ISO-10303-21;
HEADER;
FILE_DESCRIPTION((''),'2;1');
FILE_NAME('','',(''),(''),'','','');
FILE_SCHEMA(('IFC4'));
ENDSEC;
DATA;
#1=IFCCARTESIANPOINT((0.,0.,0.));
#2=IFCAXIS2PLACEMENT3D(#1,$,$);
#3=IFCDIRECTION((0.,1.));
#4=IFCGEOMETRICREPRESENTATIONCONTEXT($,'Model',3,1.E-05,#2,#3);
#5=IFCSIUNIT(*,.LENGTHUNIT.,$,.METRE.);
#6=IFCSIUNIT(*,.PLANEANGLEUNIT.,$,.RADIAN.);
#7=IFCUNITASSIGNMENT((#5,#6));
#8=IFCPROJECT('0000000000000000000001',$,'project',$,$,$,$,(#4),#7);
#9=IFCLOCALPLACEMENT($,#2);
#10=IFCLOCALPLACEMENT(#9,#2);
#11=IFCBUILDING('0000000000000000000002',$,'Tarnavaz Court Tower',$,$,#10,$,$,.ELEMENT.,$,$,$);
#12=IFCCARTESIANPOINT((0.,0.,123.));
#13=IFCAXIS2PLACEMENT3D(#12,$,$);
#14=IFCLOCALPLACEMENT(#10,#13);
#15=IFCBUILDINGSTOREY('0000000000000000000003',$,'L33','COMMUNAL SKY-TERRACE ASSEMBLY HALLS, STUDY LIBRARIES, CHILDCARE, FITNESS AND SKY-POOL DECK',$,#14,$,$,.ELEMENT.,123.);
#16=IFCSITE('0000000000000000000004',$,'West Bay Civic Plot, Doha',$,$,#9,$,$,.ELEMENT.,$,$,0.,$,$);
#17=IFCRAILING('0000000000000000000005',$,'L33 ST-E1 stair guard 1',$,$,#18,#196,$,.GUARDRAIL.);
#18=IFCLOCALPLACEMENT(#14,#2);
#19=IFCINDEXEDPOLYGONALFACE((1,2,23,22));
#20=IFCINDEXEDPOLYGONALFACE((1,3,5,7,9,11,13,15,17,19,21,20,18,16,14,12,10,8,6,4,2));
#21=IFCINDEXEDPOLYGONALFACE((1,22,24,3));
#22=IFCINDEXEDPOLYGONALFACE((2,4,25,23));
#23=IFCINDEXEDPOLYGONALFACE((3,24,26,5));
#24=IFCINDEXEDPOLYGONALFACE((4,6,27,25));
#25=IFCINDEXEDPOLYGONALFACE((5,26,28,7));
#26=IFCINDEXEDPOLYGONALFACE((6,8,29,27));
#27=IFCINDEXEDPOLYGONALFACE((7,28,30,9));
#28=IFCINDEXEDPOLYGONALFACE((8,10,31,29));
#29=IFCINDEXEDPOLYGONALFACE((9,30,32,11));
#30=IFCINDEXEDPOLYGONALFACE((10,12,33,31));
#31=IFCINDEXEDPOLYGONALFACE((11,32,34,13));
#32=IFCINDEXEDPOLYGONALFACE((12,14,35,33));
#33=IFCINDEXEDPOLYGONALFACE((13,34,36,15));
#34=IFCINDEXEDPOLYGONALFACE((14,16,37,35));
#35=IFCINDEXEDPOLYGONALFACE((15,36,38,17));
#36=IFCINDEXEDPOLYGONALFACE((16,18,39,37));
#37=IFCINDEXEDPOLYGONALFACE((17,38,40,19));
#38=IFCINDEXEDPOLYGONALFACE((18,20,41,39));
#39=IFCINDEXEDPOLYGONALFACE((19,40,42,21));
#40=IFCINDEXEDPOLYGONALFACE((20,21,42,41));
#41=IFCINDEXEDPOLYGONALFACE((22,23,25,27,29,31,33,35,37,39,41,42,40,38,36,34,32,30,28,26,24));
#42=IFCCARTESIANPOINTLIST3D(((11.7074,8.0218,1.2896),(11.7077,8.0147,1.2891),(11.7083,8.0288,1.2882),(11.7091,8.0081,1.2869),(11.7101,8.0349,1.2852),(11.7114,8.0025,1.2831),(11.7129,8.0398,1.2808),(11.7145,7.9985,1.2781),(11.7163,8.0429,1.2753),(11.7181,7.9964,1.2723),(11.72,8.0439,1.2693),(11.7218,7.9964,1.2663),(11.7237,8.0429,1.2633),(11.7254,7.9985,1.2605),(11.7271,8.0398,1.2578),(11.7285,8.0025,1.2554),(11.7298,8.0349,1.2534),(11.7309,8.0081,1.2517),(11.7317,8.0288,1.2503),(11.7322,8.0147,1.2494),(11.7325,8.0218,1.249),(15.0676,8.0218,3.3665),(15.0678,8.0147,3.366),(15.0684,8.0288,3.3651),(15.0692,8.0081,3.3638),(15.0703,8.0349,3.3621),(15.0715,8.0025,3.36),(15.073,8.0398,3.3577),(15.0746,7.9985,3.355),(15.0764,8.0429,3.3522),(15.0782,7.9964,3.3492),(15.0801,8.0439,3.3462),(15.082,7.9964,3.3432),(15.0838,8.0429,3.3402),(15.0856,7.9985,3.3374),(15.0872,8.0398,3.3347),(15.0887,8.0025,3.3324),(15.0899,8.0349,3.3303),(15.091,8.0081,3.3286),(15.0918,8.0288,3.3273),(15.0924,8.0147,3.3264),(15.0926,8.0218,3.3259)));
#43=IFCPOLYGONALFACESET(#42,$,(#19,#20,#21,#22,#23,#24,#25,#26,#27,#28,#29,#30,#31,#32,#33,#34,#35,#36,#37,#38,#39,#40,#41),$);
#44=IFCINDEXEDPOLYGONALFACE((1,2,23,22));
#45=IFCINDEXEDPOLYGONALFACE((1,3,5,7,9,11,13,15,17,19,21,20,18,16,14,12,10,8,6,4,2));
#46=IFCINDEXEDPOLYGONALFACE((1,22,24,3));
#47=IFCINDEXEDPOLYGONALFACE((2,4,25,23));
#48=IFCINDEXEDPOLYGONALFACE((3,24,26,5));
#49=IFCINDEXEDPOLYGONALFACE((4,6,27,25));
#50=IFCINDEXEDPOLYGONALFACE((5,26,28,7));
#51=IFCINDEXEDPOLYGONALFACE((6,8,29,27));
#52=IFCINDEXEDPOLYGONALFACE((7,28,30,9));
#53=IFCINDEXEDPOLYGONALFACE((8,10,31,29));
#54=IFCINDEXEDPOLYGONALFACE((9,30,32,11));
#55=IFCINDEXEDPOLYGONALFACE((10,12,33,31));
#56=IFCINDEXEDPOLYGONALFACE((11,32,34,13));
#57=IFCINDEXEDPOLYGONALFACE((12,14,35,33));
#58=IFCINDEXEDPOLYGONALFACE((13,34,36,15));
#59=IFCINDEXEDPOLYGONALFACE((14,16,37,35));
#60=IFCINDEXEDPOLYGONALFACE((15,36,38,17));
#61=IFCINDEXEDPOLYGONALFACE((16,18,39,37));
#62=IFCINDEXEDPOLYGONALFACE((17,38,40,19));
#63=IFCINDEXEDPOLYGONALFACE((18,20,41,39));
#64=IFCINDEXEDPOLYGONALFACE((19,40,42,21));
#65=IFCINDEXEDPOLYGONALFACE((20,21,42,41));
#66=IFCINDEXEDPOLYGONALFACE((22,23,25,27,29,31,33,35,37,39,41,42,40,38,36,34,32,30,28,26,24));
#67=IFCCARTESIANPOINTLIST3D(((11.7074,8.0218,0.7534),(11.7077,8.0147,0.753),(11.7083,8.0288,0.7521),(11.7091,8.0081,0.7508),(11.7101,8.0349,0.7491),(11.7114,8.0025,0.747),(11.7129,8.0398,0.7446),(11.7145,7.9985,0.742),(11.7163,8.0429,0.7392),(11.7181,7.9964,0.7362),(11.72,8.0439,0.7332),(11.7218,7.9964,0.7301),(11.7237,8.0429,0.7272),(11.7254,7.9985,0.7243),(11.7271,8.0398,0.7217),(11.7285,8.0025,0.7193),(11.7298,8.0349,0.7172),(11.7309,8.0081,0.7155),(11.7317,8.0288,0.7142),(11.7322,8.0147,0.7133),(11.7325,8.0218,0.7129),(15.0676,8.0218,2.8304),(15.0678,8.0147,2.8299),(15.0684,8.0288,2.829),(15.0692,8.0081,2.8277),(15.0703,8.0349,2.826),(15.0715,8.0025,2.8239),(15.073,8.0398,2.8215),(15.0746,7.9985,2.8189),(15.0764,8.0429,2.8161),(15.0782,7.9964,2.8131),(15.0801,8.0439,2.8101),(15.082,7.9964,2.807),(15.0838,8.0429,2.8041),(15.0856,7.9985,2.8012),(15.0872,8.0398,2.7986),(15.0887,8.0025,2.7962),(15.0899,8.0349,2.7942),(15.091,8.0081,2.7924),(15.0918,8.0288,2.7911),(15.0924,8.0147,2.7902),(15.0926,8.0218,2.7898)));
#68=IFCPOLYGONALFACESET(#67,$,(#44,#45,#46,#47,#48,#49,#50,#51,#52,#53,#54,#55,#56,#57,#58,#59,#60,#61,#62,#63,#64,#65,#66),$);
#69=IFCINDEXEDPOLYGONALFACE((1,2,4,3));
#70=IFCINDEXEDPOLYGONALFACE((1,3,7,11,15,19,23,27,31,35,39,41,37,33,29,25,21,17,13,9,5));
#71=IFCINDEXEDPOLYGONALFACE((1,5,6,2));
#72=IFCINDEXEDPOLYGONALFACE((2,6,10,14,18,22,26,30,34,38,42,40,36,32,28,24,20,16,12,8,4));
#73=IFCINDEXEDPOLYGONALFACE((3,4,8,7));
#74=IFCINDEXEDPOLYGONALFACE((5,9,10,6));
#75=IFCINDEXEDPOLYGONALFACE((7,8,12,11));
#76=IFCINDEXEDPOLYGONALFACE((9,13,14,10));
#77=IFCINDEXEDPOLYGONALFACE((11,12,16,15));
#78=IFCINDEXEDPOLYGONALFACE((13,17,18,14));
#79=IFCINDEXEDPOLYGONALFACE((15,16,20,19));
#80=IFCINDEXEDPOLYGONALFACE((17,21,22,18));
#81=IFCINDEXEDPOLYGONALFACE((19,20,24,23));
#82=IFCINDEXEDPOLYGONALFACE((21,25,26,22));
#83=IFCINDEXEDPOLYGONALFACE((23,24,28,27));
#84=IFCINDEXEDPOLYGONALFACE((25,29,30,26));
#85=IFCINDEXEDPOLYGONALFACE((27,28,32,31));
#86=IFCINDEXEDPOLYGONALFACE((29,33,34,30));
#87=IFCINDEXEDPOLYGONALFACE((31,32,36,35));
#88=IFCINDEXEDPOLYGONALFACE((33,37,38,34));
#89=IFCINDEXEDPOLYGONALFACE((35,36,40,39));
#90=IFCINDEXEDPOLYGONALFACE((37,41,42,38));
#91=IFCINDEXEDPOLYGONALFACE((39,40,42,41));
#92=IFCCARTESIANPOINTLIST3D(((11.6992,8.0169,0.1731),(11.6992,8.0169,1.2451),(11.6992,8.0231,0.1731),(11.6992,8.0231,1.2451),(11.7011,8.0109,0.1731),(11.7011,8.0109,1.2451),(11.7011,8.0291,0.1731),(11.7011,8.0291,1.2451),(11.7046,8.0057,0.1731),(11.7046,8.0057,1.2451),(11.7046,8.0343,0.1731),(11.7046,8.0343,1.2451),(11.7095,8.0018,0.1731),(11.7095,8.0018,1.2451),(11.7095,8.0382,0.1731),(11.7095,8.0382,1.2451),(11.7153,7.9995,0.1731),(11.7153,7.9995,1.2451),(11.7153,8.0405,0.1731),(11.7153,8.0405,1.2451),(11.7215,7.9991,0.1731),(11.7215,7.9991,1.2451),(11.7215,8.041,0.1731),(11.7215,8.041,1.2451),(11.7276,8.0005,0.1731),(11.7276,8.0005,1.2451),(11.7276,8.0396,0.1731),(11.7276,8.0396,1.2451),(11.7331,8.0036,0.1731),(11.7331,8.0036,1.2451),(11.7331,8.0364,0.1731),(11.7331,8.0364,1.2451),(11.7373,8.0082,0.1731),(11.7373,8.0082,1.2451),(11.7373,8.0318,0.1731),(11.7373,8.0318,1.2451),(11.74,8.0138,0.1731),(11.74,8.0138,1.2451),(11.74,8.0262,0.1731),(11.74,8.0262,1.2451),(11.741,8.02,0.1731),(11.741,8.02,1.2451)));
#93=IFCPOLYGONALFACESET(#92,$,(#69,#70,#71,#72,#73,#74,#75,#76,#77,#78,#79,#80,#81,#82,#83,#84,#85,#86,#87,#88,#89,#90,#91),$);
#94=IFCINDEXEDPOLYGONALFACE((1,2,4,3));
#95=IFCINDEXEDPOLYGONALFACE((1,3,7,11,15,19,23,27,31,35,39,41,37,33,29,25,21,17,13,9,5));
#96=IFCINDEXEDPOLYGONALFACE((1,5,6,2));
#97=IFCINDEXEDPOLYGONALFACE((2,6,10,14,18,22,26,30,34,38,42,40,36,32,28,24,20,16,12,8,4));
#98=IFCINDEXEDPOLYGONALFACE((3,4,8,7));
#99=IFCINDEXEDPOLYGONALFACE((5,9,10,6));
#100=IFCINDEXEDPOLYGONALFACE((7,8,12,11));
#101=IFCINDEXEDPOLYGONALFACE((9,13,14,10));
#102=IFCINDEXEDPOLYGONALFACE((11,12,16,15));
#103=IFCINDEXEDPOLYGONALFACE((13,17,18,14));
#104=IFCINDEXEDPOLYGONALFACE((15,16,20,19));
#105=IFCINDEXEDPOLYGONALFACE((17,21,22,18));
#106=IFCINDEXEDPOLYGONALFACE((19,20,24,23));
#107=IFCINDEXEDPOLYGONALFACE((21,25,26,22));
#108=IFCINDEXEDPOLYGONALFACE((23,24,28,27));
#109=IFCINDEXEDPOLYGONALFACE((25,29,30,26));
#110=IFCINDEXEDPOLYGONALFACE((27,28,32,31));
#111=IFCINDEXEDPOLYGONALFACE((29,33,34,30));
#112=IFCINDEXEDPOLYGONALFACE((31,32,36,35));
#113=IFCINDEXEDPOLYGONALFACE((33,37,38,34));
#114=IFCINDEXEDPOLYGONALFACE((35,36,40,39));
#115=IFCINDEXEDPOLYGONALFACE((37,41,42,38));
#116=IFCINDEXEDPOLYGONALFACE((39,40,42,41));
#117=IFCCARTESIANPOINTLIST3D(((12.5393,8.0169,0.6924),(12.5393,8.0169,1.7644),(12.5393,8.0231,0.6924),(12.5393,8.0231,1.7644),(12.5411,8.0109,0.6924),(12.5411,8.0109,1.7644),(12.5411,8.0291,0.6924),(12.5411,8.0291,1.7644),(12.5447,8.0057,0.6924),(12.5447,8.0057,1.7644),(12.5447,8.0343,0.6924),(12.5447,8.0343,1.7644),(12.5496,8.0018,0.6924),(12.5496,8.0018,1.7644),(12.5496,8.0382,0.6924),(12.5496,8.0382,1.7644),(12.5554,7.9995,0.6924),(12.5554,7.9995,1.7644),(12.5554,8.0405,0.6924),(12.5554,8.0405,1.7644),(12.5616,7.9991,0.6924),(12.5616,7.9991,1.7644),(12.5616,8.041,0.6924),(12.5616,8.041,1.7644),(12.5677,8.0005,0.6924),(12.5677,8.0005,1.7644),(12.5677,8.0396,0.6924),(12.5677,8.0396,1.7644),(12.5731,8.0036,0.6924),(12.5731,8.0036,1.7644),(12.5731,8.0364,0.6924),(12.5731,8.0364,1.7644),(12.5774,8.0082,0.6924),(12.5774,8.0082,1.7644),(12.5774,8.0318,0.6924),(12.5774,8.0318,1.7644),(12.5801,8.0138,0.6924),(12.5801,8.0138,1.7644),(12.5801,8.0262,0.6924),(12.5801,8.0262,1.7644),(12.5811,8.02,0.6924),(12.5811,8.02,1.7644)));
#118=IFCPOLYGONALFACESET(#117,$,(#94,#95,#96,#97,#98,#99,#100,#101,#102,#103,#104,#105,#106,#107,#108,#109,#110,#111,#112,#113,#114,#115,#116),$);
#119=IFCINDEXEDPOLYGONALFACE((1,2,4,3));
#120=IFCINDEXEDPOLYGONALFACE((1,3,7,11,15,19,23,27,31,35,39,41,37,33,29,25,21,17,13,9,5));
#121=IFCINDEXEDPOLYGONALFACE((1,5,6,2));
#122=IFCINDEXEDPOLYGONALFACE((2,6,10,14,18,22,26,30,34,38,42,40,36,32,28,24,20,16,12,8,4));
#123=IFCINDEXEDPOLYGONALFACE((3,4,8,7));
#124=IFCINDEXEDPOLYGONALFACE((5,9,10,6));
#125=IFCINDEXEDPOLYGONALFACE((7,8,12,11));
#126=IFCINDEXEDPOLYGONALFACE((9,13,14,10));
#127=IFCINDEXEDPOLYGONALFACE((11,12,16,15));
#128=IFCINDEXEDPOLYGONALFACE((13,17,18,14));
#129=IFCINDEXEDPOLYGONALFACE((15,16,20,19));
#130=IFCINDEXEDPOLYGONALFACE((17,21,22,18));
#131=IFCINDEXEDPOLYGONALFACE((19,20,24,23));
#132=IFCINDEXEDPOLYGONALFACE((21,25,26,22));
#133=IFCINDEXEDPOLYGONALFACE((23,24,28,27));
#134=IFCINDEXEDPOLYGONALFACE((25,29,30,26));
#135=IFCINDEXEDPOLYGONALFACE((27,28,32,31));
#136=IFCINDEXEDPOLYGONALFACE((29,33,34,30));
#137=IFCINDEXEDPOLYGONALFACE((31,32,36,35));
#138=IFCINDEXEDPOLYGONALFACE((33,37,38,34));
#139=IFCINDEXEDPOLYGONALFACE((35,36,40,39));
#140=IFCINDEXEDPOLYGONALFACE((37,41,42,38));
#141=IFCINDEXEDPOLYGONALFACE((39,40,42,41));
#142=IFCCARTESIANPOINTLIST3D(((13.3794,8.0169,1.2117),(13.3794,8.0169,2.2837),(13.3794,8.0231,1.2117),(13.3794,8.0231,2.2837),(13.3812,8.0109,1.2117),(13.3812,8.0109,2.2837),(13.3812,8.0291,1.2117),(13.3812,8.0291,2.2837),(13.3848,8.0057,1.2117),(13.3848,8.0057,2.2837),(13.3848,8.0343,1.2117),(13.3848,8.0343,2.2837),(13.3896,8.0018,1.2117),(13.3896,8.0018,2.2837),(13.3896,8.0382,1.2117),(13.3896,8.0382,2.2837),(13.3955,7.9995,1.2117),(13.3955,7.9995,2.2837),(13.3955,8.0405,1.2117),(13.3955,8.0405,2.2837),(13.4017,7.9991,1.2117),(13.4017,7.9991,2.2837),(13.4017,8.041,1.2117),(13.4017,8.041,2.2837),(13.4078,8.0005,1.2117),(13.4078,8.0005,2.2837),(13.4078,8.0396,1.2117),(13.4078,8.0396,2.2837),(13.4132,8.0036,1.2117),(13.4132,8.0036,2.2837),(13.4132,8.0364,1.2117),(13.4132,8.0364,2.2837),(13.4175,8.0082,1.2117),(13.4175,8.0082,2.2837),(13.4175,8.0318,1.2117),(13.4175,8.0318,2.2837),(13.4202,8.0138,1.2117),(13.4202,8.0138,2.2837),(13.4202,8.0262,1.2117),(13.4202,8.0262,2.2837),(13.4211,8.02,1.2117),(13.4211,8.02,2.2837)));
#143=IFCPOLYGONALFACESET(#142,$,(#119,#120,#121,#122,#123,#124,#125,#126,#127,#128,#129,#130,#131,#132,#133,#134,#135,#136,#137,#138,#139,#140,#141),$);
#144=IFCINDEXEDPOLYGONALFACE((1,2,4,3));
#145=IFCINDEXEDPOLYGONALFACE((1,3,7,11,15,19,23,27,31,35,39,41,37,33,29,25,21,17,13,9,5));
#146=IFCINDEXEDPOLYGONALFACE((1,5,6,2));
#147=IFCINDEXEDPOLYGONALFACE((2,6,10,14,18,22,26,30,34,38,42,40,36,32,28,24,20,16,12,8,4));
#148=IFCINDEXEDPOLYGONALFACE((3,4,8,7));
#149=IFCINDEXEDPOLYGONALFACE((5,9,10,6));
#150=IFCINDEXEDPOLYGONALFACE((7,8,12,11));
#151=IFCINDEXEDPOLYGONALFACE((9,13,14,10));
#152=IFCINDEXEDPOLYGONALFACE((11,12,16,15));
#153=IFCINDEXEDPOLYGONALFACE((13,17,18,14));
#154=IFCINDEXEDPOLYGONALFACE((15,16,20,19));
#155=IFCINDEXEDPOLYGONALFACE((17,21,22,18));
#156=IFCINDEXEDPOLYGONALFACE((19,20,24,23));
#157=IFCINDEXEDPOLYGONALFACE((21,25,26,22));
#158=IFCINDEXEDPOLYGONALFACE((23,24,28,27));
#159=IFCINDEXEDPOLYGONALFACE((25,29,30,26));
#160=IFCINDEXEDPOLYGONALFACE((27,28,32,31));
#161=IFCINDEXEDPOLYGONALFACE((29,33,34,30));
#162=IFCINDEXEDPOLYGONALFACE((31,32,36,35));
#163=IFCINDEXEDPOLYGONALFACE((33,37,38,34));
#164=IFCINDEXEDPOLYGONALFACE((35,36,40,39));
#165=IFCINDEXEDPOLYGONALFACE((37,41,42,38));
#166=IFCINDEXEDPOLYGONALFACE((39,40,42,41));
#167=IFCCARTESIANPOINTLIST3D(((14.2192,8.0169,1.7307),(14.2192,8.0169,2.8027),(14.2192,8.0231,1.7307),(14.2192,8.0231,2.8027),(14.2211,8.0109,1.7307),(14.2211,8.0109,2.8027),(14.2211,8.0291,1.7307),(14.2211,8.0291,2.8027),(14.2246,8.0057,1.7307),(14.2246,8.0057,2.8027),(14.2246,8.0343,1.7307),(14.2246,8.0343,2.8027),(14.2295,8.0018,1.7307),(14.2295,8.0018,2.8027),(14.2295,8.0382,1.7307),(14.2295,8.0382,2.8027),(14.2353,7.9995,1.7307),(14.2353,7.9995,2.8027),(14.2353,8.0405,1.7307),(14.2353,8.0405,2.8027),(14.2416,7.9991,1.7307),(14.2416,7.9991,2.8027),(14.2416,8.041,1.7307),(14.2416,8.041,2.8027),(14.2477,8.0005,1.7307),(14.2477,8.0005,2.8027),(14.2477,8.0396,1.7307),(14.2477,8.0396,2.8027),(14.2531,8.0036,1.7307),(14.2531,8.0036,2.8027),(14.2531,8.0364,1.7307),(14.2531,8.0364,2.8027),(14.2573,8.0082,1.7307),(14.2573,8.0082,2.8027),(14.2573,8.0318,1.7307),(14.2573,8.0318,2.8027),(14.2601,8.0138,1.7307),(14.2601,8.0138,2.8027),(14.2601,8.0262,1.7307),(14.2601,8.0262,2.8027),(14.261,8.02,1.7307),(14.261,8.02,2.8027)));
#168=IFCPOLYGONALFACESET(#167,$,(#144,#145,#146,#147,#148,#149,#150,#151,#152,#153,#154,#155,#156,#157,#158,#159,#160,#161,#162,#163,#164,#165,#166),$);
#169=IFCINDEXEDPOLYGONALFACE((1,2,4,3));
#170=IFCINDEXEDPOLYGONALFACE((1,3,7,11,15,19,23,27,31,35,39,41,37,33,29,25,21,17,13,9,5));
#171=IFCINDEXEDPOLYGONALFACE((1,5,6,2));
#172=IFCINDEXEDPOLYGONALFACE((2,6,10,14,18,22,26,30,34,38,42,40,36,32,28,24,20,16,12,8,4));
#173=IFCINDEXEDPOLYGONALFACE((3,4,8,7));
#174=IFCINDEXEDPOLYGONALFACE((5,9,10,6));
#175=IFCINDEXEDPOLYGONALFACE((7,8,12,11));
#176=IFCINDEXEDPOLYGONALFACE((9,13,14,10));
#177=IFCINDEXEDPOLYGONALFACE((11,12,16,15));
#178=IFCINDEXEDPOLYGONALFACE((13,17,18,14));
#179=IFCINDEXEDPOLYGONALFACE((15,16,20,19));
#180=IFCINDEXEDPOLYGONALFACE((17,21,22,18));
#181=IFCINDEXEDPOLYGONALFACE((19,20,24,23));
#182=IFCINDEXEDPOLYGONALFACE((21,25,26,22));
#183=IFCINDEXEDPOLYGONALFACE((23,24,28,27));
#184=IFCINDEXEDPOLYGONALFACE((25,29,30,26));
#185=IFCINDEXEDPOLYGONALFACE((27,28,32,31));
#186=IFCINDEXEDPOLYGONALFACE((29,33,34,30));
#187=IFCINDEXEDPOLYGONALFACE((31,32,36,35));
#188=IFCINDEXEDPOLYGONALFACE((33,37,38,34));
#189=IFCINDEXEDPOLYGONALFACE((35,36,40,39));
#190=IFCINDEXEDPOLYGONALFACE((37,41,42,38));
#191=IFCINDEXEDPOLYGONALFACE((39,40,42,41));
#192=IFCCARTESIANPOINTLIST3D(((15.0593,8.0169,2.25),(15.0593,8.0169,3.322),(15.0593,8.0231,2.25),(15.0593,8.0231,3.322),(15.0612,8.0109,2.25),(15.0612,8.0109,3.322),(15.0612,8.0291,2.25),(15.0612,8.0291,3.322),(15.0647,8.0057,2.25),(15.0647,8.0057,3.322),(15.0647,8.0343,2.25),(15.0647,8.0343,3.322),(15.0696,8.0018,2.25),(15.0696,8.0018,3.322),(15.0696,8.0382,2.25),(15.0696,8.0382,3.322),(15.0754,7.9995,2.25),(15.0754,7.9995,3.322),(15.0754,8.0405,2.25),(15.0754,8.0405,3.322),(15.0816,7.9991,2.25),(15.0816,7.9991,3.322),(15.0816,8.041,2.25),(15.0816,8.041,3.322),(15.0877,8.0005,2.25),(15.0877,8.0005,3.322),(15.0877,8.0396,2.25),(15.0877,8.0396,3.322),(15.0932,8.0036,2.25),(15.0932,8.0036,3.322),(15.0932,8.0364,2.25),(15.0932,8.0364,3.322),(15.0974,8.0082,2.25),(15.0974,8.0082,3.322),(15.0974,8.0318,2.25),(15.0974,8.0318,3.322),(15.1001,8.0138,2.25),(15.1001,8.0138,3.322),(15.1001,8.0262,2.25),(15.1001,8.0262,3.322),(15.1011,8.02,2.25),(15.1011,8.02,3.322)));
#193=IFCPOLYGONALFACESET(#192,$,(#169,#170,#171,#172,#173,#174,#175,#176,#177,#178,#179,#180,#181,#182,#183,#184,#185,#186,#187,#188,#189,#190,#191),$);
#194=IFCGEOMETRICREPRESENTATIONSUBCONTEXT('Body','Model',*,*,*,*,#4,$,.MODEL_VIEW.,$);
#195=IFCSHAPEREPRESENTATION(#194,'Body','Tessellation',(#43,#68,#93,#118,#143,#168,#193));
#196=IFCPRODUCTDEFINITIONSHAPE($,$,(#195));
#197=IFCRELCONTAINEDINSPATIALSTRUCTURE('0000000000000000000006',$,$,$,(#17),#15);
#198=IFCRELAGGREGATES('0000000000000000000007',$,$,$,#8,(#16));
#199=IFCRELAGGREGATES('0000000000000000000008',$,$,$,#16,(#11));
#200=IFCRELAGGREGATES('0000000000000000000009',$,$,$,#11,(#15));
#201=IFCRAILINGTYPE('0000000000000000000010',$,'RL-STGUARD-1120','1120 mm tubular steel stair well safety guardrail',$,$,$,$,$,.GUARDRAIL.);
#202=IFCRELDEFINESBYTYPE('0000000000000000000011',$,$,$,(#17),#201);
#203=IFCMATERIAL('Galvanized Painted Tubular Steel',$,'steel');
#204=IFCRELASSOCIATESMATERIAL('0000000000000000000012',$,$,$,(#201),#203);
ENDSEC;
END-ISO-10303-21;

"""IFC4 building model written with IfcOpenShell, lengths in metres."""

from ifc_helpers import new_model, si_unit, direction, frame, origin, origin_2d, place, context, subcontext, project, spatial, circle, extrude, material, type_object, element, save


model = new_model("IFC4")

# Units and contexts
model_context = context("Model", 3, precision=1e-05, world=origin(), true_north=direction((0.0, 1.0)))
body_context = subcontext(model_context, "Body", "Model", "MODEL_VIEW")
ifc_project = project(units=[si_unit("LENGTHUNIT", "METRE"), si_unit("PLANEANGLEUNIT", "RADIAN")], contexts=[model_context])

# Site, building, storey
site_placement = place(None, origin())
site = spatial("IfcSite", under=ifc_project, at=site_placement, Name="West Bay Civic Plot, Doha", CompositionType="ELEMENT", RefElevation=0.0)
building_placement = place(site_placement, origin())
building = spatial("IfcBuilding", under=site, at=building_placement, Name="Tarnavaz Court Tower", CompositionType="ELEMENT")
storey_placement = place(building_placement, frame((0.0, 0.0, 123.0)))
storey = spatial("IfcBuildingStorey", under=building, at=storey_placement, Name="L33", Description="COMMUNAL SKY-TERRACE ASSEMBLY HALLS, STUDY LIBRARIES, CHILDCARE, FITNESS AND SKY-POOL DECK", CompositionType="ELEMENT", Elevation=123.0)

# Railing
ifc_material_1 = material(Name="Galvanized Painted Tubular Steel", Category="steel")
railing_type_1 = type_object("IfcRailingType", Name="RL-STGUARD-1120", Description="1120 mm tubular steel stair well safety guardrail", PredefinedType="GUARDRAIL", material=ifc_material_1)
railing_1_placement = place(storey_placement, frame((11.72, 8.02, 0.1731)))
element("IfcRailing", 1, at=railing_1_placement, inside=storey, type_object=railing_type_1, Name="L33 ST-E1 stair guard 1", PredefinedType="GUARDRAIL", context=body_context, shape_type="SweptSolid", body=[
    extrude(circle(Radius=0.0239, at=origin_2d()), frame((0.0, 0.0, 1.0962), z_axis=(0.850623, 0.0, 0.525776), x_axis=(0.0, 1.0, 0.0)), (0.0, 0.0, 1.0), 3.9502),
    extrude(circle(Radius=0.0239, at=origin_2d()), frame((0.0, 0.0, 0.5601), z_axis=(0.850623, 0.0, 0.525776), x_axis=(0.0, 1.0, 0.0)), (0.0, 0.0, 1.0), 3.9502),
    extrude(circle(Radius=0.021, at=origin_2d()), origin(), (0.0, 0.0, 1.0), 1.072),
    extrude(circle(Radius=0.021, at=origin_2d()), frame((0.8401, 0.0, 0.5193)), (0.0, 0.0, 1.0), 1.072),
    extrude(circle(Radius=0.021, at=origin_2d()), frame((1.6802, 0.0, 1.0386)), (0.0, 0.0, 1.0), 1.072),
    extrude(circle(Radius=0.021, at=origin_2d()), frame((2.52, 0.0, 1.5576)), (0.0, 0.0, 1.0), 1.072),
    extrude(circle(Radius=0.021, at=origin_2d()), frame((3.3601, 0.0, 2.0769)), (0.0, 0.0, 1.0), 1.072),
])

save(model, "model.ifc")
